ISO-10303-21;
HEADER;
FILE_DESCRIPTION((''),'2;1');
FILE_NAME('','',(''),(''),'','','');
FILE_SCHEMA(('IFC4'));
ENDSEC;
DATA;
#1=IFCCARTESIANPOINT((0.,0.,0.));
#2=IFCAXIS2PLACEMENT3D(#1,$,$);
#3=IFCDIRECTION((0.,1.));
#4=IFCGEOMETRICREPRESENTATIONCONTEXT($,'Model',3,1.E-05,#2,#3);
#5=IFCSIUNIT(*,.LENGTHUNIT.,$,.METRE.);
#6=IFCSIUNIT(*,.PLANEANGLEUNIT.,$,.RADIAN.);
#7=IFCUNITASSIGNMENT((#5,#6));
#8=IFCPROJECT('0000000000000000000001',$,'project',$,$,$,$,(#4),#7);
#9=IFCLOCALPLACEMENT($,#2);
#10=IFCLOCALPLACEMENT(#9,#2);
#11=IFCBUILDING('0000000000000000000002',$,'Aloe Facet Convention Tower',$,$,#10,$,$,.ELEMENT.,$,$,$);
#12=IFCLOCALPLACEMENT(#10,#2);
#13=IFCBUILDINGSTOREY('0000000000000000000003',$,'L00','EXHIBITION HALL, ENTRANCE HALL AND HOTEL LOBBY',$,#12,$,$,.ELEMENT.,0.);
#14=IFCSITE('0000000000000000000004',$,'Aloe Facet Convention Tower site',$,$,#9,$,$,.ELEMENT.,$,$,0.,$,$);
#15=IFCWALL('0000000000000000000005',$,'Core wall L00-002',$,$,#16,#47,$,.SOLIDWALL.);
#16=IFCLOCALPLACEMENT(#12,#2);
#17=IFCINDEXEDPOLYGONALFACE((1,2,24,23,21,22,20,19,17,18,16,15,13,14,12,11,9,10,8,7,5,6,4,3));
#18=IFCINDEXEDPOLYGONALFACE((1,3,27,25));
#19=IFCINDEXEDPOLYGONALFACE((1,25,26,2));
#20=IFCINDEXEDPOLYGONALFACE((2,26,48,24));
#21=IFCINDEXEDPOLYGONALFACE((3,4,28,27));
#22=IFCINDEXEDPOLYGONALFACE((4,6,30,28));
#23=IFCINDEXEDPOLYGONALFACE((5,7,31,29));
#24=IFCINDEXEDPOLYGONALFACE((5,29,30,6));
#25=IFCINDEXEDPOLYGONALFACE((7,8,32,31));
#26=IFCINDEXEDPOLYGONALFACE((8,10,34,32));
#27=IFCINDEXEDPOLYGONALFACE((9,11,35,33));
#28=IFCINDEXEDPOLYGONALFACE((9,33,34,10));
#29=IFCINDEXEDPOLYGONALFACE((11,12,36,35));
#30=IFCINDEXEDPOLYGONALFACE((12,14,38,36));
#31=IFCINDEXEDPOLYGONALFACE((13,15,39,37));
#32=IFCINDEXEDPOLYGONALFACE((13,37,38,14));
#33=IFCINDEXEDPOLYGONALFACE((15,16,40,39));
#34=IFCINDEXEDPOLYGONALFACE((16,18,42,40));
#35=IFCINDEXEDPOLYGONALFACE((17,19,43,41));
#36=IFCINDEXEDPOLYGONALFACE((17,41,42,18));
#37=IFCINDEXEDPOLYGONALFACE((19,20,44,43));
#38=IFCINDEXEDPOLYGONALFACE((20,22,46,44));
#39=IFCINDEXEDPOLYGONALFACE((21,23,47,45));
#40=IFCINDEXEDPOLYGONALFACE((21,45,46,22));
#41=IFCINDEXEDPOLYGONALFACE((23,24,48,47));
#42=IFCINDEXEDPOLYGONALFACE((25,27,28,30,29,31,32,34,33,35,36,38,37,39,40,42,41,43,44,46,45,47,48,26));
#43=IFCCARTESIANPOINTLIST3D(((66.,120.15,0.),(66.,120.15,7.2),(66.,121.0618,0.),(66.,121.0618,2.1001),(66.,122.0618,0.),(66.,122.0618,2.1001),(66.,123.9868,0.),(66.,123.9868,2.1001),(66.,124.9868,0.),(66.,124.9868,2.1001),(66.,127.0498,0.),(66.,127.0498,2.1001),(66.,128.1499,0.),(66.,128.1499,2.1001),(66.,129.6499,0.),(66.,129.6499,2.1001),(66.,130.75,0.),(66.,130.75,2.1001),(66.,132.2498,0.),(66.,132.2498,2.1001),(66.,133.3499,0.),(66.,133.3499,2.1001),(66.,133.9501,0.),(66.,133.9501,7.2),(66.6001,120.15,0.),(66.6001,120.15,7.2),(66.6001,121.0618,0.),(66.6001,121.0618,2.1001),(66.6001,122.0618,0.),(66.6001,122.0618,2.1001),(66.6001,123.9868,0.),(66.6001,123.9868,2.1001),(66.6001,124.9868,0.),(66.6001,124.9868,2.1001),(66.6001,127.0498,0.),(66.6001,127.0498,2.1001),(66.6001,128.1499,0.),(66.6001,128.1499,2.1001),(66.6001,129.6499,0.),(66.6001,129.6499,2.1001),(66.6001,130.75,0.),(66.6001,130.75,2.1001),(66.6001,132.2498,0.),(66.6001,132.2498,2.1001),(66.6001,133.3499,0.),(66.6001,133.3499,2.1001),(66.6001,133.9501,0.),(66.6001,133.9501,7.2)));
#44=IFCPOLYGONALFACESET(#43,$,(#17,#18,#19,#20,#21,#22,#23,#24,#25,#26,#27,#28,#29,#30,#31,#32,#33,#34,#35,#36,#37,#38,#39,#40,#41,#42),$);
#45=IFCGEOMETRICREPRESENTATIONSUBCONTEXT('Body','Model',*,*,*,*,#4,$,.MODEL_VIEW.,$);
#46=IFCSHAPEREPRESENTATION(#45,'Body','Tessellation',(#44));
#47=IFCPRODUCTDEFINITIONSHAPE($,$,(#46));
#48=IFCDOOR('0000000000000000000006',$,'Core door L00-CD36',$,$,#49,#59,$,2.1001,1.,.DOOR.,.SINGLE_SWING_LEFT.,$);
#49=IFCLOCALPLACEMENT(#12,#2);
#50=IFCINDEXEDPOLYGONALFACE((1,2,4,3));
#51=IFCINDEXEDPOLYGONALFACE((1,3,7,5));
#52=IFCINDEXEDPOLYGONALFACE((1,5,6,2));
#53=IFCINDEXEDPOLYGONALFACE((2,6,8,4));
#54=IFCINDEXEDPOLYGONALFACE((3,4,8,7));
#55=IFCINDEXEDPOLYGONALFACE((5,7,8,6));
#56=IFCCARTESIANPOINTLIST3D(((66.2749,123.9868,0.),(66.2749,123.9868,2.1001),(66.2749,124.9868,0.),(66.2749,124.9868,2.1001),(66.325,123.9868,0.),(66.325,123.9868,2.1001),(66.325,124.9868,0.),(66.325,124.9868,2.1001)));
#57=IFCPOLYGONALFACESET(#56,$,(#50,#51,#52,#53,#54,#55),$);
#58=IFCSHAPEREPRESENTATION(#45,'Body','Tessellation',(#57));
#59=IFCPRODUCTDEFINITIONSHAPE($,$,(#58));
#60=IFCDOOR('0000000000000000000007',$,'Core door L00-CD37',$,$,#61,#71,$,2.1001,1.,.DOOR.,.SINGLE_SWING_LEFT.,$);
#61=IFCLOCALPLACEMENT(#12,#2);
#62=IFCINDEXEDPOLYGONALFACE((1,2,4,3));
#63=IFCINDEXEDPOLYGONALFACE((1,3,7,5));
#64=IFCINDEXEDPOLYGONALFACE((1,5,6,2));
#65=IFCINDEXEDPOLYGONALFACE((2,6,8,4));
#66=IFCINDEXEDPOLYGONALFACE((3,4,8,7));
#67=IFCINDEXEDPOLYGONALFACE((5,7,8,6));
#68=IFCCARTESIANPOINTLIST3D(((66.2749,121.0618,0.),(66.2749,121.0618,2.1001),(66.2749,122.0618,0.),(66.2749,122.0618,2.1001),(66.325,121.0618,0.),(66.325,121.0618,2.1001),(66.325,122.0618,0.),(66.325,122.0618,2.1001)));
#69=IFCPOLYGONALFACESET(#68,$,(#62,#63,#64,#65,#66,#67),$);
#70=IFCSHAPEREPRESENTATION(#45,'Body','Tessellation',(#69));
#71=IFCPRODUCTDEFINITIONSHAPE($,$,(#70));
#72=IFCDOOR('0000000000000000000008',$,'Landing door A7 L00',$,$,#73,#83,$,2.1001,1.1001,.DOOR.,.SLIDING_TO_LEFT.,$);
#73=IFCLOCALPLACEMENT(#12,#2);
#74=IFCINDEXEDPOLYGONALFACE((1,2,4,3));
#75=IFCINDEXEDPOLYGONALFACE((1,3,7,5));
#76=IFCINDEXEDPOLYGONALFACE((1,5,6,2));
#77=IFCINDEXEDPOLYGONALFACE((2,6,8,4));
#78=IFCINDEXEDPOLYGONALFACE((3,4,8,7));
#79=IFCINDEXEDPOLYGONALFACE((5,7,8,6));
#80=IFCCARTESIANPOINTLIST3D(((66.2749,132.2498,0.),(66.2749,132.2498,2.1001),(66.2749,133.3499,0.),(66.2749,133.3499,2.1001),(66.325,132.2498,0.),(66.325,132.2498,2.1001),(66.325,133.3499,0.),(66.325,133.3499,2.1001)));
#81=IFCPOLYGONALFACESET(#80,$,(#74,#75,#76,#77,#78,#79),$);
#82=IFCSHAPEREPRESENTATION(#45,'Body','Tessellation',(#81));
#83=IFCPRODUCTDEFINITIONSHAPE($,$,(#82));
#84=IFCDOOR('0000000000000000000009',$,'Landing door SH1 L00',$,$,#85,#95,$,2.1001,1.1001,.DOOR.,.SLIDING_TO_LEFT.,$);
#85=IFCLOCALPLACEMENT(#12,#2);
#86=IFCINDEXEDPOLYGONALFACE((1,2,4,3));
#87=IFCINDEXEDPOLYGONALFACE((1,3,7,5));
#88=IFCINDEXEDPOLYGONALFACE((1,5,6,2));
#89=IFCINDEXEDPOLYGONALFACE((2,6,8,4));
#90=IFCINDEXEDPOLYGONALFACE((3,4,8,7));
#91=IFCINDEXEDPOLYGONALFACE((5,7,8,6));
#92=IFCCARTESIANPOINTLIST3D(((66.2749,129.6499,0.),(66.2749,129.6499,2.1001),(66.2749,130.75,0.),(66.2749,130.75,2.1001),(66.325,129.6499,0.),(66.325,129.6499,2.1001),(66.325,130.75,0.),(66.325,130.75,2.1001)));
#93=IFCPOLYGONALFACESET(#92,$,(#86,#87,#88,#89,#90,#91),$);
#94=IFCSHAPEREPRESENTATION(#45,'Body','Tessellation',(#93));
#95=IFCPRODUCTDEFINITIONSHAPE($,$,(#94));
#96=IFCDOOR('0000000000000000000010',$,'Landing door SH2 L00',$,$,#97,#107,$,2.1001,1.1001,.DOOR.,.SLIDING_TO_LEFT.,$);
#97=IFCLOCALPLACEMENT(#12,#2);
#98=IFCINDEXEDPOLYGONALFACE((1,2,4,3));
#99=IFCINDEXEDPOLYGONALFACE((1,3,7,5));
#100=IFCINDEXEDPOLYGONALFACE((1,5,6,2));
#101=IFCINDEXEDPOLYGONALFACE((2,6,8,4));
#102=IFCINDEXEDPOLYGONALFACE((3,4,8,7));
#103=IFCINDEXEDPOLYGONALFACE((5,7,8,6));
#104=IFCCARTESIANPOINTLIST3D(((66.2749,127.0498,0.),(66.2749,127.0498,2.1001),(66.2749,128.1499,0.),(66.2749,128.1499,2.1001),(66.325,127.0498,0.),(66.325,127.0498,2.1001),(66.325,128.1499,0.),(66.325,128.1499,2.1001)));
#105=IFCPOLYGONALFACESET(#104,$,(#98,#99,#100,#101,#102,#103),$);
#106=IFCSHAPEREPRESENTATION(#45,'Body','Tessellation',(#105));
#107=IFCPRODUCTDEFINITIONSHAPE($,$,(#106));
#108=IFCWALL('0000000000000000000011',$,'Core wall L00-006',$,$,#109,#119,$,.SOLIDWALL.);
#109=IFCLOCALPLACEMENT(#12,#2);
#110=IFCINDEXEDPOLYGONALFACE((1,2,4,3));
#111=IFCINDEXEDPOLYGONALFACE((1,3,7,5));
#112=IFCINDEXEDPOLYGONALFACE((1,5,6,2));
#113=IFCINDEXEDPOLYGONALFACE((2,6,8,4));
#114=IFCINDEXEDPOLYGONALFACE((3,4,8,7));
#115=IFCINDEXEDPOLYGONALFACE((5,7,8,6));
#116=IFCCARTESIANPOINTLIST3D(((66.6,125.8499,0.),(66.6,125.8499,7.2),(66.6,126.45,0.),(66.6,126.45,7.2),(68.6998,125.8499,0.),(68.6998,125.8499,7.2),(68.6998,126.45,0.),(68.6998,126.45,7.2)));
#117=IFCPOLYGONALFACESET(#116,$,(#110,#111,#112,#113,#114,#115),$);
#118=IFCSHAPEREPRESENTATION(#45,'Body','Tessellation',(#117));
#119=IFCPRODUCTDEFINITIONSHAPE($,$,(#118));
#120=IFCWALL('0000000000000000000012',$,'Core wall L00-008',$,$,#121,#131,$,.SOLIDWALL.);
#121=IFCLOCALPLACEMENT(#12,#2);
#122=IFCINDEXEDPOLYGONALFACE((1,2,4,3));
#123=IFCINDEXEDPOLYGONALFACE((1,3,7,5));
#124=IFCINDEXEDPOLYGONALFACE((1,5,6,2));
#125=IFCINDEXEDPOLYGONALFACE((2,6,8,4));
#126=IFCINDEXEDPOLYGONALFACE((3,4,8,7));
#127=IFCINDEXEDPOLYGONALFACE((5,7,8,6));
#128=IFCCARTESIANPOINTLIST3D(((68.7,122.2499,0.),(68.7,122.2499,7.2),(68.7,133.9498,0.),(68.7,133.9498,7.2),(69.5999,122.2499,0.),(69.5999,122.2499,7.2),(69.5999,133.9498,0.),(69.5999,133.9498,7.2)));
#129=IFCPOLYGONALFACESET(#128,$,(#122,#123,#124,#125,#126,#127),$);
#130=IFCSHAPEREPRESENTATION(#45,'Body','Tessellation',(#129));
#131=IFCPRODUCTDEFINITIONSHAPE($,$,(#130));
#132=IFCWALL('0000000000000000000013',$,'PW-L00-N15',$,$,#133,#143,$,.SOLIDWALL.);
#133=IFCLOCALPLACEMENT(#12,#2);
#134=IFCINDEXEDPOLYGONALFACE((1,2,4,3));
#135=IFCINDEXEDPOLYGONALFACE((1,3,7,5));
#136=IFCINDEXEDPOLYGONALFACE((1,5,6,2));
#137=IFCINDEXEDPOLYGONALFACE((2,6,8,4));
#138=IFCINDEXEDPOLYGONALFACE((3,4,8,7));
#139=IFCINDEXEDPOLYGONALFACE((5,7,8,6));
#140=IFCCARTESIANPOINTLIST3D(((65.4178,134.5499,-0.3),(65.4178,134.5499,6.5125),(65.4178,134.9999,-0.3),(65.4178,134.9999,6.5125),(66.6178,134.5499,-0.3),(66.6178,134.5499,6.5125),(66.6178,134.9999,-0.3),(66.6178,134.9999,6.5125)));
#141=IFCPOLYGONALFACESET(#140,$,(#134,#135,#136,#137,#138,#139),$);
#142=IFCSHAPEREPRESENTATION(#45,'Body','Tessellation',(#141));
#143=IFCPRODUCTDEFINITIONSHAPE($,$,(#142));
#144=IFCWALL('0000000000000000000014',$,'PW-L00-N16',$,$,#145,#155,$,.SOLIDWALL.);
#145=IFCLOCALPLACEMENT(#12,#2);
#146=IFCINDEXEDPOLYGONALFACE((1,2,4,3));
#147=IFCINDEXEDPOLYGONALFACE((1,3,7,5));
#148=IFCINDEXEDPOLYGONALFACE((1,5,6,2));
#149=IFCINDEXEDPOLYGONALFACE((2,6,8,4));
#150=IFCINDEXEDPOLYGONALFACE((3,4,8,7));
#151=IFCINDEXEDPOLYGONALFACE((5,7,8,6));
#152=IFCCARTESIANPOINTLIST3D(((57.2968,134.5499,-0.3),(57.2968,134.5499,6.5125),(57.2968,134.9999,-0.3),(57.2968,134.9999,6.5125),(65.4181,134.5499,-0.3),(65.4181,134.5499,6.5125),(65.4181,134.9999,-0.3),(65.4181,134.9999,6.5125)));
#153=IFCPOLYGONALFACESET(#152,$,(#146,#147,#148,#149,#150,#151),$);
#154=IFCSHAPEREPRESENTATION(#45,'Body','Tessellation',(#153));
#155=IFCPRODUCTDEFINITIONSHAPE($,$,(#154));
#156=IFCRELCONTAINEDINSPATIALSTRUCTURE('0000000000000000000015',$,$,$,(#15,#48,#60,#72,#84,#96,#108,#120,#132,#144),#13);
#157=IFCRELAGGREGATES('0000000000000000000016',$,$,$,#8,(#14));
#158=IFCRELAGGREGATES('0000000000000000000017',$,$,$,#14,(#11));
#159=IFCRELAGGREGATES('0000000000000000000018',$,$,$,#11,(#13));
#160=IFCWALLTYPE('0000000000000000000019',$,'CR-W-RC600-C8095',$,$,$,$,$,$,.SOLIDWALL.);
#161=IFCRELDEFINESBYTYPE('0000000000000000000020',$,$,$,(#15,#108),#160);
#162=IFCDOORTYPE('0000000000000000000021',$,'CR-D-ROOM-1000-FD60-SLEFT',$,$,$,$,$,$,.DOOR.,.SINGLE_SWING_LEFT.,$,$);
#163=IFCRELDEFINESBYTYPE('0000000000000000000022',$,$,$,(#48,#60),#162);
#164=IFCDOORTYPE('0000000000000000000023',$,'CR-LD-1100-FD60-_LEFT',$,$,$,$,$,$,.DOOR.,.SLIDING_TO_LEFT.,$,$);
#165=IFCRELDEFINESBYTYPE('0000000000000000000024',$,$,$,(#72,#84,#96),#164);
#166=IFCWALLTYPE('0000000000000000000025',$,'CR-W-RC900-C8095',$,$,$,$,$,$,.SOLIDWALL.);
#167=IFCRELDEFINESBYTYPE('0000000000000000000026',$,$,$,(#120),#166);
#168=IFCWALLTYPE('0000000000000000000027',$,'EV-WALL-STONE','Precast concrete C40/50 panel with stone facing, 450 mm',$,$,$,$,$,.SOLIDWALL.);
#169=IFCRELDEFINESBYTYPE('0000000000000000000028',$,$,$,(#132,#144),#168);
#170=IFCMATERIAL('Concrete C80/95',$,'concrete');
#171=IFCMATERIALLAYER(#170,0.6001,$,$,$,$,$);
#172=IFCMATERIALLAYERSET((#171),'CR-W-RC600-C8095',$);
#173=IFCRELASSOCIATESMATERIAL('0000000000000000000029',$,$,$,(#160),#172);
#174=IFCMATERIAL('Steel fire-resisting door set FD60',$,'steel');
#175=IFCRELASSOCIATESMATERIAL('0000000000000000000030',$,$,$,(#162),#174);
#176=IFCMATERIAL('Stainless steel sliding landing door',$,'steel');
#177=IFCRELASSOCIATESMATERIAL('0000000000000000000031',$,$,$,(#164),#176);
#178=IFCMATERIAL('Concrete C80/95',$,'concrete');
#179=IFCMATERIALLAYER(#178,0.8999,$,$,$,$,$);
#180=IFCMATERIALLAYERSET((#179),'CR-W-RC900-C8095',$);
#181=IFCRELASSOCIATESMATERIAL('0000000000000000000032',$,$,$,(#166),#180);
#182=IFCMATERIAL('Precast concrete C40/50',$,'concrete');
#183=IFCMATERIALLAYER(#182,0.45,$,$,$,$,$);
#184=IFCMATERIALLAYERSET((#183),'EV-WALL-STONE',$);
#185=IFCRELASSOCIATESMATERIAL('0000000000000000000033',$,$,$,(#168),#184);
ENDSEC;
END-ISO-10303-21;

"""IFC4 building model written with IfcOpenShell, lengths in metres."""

from ifc_helpers import new_model, si_unit, direction, frame, frame_2d, origin, place, context, subcontext, project, spatial, rectangle, extrude, material, layer, layer_set, type_object, element, fill, save


model = new_model("IFC4")

# Units and contexts
model_context = context("Model", 3, precision=1e-05, world=origin(), true_north=direction((0.0, 1.0)))
body_context = subcontext(model_context, "Body", "Model", "MODEL_VIEW")
ifc_project = project(units=[si_unit("LENGTHUNIT", "METRE"), si_unit("PLANEANGLEUNIT", "RADIAN")], contexts=[model_context])

# Site, building, storey
site_placement = place(None, origin())
site = spatial("IfcSite", under=ifc_project, at=site_placement, Name="Aloe Facet Convention Tower site", CompositionType="ELEMENT", RefElevation=0.0)
building_placement = place(site_placement, origin())
building = spatial("IfcBuilding", under=site, at=building_placement, Name="Aloe Facet Convention Tower", CompositionType="ELEMENT")
storey_placement = place(building_placement, origin())
storey = spatial("IfcBuildingStorey", under=building, at=storey_placement, Name="L00", Description="EXHIBITION HALL, ENTRANCE HALL AND HOTEL LOBBY", CompositionType="ELEMENT", Elevation=0.0)

# Wall, openings, doors
ifc_material_1 = material(Name="Concrete C80/95", Category="concrete")
ifc_layer_1 = layer(ifc_material_1, 0.6001)
ifc_layer_set_1 = layer_set([ifc_layer_1], Name="CR-W-RC600-C8095")
wall_type_1 = type_object("IfcWallType", Name="CR-W-RC600-C8095", PredefinedType="SOLIDWALL", material=ifc_layer_set_1)
wall_1_placement = place(storey_placement, frame((66.3, 133.95, 0.0), z_axis=(0.0, 0.0, 1.0), x_axis=(0.0, -1.0, 0.0)))
wall_1 = element("IfcWall", 1, at=wall_1_placement, inside=storey, type_object=wall_type_1, Name="Core wall L00-002", PredefinedType="SOLIDWALL", context=body_context, shape_type="SweptSolid", body=[
    extrude(rectangle(XDim=13.8, YDim=0.6001, at=frame_2d((6.8999, 0.0))), origin(), (0.0, 0.0, 1.0), 7.2),
])
opening_1_placement = place(wall_1_placement, frame((0.6001, 0.0, 0.0)))
opening_1 = element("IfcOpeningElement", 2, at=opening_1_placement, cuts=wall_1, PredefinedType="OPENING", context=body_context, shape_type="SweptSolid", body=[
    extrude(rectangle(XDim=1.1001, YDim=2.1001, at=frame_2d((0.55, 1.05))), frame((0.0, 0.3101, 0.0), z_axis=(0.0, -1.0, 0.0), x_axis=(1.0, 0.0, 0.0)), (0.0, 0.0, 1.0), 0.6201),
])
opening_2_placement = place(wall_1_placement, frame((3.2, 0.0, 0.0)))
opening_2 = element("IfcOpeningElement", 3, at=opening_2_placement, cuts=wall_1, PredefinedType="OPENING", context=body_context, shape_type="SweptSolid", body=[
    extrude(rectangle(XDim=1.1001, YDim=2.1001, at=frame_2d((0.55, 1.05))), frame((0.0, 0.3101, 0.0), z_axis=(0.0, -1.0, 0.0), x_axis=(1.0, 0.0, 0.0)), (0.0, 0.0, 1.0), 0.6201),
])
opening_3_placement = place(wall_1_placement, frame((5.8, 0.0, 0.0)))
opening_3 = element("IfcOpeningElement", 4, at=opening_3_placement, cuts=wall_1, PredefinedType="OPENING", context=body_context, shape_type="SweptSolid", body=[
    extrude(rectangle(XDim=1.1001, YDim=2.1001, at=frame_2d((0.55, 1.05))), frame((0.0, 0.3101, 0.0), z_axis=(0.0, -1.0, 0.0), x_axis=(1.0, 0.0, 0.0)), (0.0, 0.0, 1.0), 0.6201),
])
opening_4_placement = place(wall_1_placement, frame((8.9631, 0.0, 0.0)))
opening_4 = element("IfcOpeningElement", 5, at=opening_4_placement, cuts=wall_1, PredefinedType="OPENING", context=body_context, shape_type="SweptSolid", body=[
    extrude(rectangle(XDim=1.0, YDim=2.1001, at=frame_2d((0.5, 1.05))), frame((0.0, 0.3101, 0.0), z_axis=(0.0, -1.0, 0.0), x_axis=(1.0, 0.0, 0.0)), (0.0, 0.0, 1.0), 0.6201),
])
opening_5_placement = place(wall_1_placement, frame((11.8882, 0.0, 0.0)))
opening_5 = element("IfcOpeningElement", 6, at=opening_5_placement, cuts=wall_1, PredefinedType="OPENING", context=body_context, shape_type="SweptSolid", body=[
    extrude(rectangle(XDim=1.0, YDim=2.1001, at=frame_2d((0.5, 1.05))), frame((0.0, 0.3101, 0.0), z_axis=(0.0, -1.0, 0.0), x_axis=(1.0, 0.0, 0.0)), (0.0, 0.0, 1.0), 0.6201),
])
ifc_material_2 = material(Name="Steel fire-resisting door set FD60", Category="steel")
door_type_1 = type_object("IfcDoorType", Name="CR-D-ROOM-1000-FD60-SLEFT", OperationType="SINGLE_SWING_LEFT", PredefinedType="DOOR", material=ifc_material_2)
door_1_placement = place(opening_4_placement, origin())
door_1 = element("IfcDoor", 7, at=door_1_placement, inside=storey, type_object=door_type_1, Name="Core door L00-CD36", OperationType="SINGLE_SWING_LEFT", OverallHeight=2.1001, OverallWidth=1.0, PredefinedType="DOOR", context=body_context, shape_type="SweptSolid", body=[
    extrude(rectangle(XDim=1.0, YDim=2.1001, at=frame_2d((0.5, 1.05))), frame((0.0, 0.0249, 0.0), z_axis=(0.0, -1.0, 0.0), x_axis=(1.0, 0.0, 0.0)), (0.0, 0.0, 1.0), 0.05),
])
fill(opening_4, door_1)
door_2_placement = place(opening_5_placement, origin())
door_2 = element("IfcDoor", 8, at=door_2_placement, inside=storey, type_object=door_type_1, Name="Core door L00-CD37", OperationType="SINGLE_SWING_LEFT", OverallHeight=2.1001, OverallWidth=1.0, PredefinedType="DOOR", context=body_context, shape_type="SweptSolid", body=[
    extrude(rectangle(XDim=1.0, YDim=2.1001, at=frame_2d((0.5, 1.05))), frame((0.0, 0.0249, 0.0), z_axis=(0.0, -1.0, 0.0), x_axis=(1.0, 0.0, 0.0)), (0.0, 0.0, 1.0), 0.05),
])
fill(opening_5, door_2)
ifc_material_3 = material(Name="Stainless steel sliding landing door", Category="steel")
door_type_2 = type_object("IfcDoorType", Name="CR-LD-1100-FD60-_LEFT", OperationType="SLIDING_TO_LEFT", PredefinedType="DOOR", material=ifc_material_3)
door_3_placement = place(opening_1_placement, origin())
door_3 = element("IfcDoor", 9, at=door_3_placement, inside=storey, type_object=door_type_2, Name="Landing door A7 L00", OperationType="SLIDING_TO_LEFT", OverallHeight=2.1001, OverallWidth=1.1001, PredefinedType="DOOR", context=body_context, shape_type="SweptSolid", body=[
    extrude(rectangle(XDim=1.1001, YDim=2.1001, at=frame_2d((0.55, 1.05))), frame((0.0, 0.0249, 0.0), z_axis=(0.0, -1.0, 0.0), x_axis=(1.0, 0.0, 0.0)), (0.0, 0.0, 1.0), 0.05),
])
fill(opening_1, door_3)
door_4_placement = place(opening_2_placement, origin())
door_4 = element("IfcDoor", 10, at=door_4_placement, inside=storey, type_object=door_type_2, Name="Landing door SH1 L00", OperationType="SLIDING_TO_LEFT", OverallHeight=2.1001, OverallWidth=1.1001, PredefinedType="DOOR", context=body_context, shape_type="SweptSolid", body=[
    extrude(rectangle(XDim=1.1001, YDim=2.1001, at=frame_2d((0.55, 1.05))), frame((0.0, 0.0249, 0.0), z_axis=(0.0, -1.0, 0.0), x_axis=(1.0, 0.0, 0.0)), (0.0, 0.0, 1.0), 0.05),
])
fill(opening_2, door_4)
door_5_placement = place(opening_3_placement, origin())
door_5 = element("IfcDoor", 11, at=door_5_placement, inside=storey, type_object=door_type_2, Name="Landing door SH2 L00", OperationType="SLIDING_TO_LEFT", OverallHeight=2.1001, OverallWidth=1.1001, PredefinedType="DOOR", context=body_context, shape_type="SweptSolid", body=[
    extrude(rectangle(XDim=1.1001, YDim=2.1001, at=frame_2d((0.55, 1.05))), frame((0.0, 0.0249, 0.0), z_axis=(0.0, -1.0, 0.0), x_axis=(1.0, 0.0, 0.0)), (0.0, 0.0, 1.0), 0.05),
])
fill(opening_3, door_5)

# Walls
wall_2_placement = place(storey_placement, frame((66.6001, 126.1499, 0.0), z_axis=(0.0, 0.0, 1.0), x_axis=(1.0, 0.0, 0.0)))
element("IfcWall", 12, at=wall_2_placement, inside=storey, type_object=wall_type_1, Name="Core wall L00-006", PredefinedType="SOLIDWALL", context=body_context, shape_type="SweptSolid", body=[
    extrude(rectangle(XDim=2.0999, YDim=0.6001, at=frame_2d((1.0498, 0.0))), origin(), (0.0, 0.0, 1.0), 7.2),
])
ifc_material_4 = material(Name="Concrete C80/95", Category="concrete")
ifc_layer_2 = layer(ifc_material_4, 0.8999)
ifc_layer_set_2 = layer_set([ifc_layer_2], Name="CR-W-RC900-C8095")
wall_type_2 = type_object("IfcWallType", Name="CR-W-RC900-C8095", PredefinedType="SOLIDWALL", material=ifc_layer_set_2)
wall_3_placement = place(storey_placement, frame((69.1499, 133.95, 0.0), z_axis=(0.0, 0.0, 1.0), x_axis=(0.0, -1.0, 0.0)))
element("IfcWall", 13, at=wall_3_placement, inside=storey, type_object=wall_type_2, Name="Core wall L00-008", PredefinedType="SOLIDWALL", context=body_context, shape_type="SweptSolid", body=[
    extrude(rectangle(XDim=11.7, YDim=0.8999, at=frame_2d((5.8501, 0.0))), origin(), (0.0, 0.0, 1.0), 7.2),
])
ifc_material_5 = material(Name="Precast concrete C40/50", Category="concrete")
ifc_layer_3 = layer(ifc_material_5, 0.45)
ifc_layer_set_3 = layer_set([ifc_layer_3], Name="EV-WALL-STONE")
wall_type_3 = type_object("IfcWallType", Name="EV-WALL-STONE", Description="Precast concrete C40/50 panel with stone facing, 450 mm", PredefinedType="SOLIDWALL", material=ifc_layer_set_3)
wall_4_placement = place(storey_placement, frame((66.6179, 134.7749, -0.3), z_axis=(0.0, 0.0, 1.0), x_axis=(-1.0, 0.0, 0.0)))
element("IfcWall", 14, at=wall_4_placement, inside=storey, type_object=wall_type_3, Name="PW-L00-N15", PredefinedType="SOLIDWALL", context=body_context, shape_type="SweptSolid", body=[
    extrude(rectangle(XDim=1.2, YDim=0.45, at=frame_2d((0.6001, 0.0))), origin(), (0.0, 0.0, 1.0), 6.8125),
])
wall_5_placement = place(storey_placement, frame((65.418, 134.7749, -0.3), z_axis=(0.0, 0.0, 1.0), x_axis=(-1.0, 0.0, 0.0)))
element("IfcWall", 15, at=wall_5_placement, inside=storey, type_object=wall_type_3, Name="PW-L00-N16", PredefinedType="SOLIDWALL", context=body_context, shape_type="SweptSolid", body=[
    extrude(rectangle(XDim=8.1213, YDim=0.45, at=frame_2d((4.0605, 0.0))), origin(), (0.0, 0.0, 1.0), 6.8125),
])

save(model, "model.ifc")
